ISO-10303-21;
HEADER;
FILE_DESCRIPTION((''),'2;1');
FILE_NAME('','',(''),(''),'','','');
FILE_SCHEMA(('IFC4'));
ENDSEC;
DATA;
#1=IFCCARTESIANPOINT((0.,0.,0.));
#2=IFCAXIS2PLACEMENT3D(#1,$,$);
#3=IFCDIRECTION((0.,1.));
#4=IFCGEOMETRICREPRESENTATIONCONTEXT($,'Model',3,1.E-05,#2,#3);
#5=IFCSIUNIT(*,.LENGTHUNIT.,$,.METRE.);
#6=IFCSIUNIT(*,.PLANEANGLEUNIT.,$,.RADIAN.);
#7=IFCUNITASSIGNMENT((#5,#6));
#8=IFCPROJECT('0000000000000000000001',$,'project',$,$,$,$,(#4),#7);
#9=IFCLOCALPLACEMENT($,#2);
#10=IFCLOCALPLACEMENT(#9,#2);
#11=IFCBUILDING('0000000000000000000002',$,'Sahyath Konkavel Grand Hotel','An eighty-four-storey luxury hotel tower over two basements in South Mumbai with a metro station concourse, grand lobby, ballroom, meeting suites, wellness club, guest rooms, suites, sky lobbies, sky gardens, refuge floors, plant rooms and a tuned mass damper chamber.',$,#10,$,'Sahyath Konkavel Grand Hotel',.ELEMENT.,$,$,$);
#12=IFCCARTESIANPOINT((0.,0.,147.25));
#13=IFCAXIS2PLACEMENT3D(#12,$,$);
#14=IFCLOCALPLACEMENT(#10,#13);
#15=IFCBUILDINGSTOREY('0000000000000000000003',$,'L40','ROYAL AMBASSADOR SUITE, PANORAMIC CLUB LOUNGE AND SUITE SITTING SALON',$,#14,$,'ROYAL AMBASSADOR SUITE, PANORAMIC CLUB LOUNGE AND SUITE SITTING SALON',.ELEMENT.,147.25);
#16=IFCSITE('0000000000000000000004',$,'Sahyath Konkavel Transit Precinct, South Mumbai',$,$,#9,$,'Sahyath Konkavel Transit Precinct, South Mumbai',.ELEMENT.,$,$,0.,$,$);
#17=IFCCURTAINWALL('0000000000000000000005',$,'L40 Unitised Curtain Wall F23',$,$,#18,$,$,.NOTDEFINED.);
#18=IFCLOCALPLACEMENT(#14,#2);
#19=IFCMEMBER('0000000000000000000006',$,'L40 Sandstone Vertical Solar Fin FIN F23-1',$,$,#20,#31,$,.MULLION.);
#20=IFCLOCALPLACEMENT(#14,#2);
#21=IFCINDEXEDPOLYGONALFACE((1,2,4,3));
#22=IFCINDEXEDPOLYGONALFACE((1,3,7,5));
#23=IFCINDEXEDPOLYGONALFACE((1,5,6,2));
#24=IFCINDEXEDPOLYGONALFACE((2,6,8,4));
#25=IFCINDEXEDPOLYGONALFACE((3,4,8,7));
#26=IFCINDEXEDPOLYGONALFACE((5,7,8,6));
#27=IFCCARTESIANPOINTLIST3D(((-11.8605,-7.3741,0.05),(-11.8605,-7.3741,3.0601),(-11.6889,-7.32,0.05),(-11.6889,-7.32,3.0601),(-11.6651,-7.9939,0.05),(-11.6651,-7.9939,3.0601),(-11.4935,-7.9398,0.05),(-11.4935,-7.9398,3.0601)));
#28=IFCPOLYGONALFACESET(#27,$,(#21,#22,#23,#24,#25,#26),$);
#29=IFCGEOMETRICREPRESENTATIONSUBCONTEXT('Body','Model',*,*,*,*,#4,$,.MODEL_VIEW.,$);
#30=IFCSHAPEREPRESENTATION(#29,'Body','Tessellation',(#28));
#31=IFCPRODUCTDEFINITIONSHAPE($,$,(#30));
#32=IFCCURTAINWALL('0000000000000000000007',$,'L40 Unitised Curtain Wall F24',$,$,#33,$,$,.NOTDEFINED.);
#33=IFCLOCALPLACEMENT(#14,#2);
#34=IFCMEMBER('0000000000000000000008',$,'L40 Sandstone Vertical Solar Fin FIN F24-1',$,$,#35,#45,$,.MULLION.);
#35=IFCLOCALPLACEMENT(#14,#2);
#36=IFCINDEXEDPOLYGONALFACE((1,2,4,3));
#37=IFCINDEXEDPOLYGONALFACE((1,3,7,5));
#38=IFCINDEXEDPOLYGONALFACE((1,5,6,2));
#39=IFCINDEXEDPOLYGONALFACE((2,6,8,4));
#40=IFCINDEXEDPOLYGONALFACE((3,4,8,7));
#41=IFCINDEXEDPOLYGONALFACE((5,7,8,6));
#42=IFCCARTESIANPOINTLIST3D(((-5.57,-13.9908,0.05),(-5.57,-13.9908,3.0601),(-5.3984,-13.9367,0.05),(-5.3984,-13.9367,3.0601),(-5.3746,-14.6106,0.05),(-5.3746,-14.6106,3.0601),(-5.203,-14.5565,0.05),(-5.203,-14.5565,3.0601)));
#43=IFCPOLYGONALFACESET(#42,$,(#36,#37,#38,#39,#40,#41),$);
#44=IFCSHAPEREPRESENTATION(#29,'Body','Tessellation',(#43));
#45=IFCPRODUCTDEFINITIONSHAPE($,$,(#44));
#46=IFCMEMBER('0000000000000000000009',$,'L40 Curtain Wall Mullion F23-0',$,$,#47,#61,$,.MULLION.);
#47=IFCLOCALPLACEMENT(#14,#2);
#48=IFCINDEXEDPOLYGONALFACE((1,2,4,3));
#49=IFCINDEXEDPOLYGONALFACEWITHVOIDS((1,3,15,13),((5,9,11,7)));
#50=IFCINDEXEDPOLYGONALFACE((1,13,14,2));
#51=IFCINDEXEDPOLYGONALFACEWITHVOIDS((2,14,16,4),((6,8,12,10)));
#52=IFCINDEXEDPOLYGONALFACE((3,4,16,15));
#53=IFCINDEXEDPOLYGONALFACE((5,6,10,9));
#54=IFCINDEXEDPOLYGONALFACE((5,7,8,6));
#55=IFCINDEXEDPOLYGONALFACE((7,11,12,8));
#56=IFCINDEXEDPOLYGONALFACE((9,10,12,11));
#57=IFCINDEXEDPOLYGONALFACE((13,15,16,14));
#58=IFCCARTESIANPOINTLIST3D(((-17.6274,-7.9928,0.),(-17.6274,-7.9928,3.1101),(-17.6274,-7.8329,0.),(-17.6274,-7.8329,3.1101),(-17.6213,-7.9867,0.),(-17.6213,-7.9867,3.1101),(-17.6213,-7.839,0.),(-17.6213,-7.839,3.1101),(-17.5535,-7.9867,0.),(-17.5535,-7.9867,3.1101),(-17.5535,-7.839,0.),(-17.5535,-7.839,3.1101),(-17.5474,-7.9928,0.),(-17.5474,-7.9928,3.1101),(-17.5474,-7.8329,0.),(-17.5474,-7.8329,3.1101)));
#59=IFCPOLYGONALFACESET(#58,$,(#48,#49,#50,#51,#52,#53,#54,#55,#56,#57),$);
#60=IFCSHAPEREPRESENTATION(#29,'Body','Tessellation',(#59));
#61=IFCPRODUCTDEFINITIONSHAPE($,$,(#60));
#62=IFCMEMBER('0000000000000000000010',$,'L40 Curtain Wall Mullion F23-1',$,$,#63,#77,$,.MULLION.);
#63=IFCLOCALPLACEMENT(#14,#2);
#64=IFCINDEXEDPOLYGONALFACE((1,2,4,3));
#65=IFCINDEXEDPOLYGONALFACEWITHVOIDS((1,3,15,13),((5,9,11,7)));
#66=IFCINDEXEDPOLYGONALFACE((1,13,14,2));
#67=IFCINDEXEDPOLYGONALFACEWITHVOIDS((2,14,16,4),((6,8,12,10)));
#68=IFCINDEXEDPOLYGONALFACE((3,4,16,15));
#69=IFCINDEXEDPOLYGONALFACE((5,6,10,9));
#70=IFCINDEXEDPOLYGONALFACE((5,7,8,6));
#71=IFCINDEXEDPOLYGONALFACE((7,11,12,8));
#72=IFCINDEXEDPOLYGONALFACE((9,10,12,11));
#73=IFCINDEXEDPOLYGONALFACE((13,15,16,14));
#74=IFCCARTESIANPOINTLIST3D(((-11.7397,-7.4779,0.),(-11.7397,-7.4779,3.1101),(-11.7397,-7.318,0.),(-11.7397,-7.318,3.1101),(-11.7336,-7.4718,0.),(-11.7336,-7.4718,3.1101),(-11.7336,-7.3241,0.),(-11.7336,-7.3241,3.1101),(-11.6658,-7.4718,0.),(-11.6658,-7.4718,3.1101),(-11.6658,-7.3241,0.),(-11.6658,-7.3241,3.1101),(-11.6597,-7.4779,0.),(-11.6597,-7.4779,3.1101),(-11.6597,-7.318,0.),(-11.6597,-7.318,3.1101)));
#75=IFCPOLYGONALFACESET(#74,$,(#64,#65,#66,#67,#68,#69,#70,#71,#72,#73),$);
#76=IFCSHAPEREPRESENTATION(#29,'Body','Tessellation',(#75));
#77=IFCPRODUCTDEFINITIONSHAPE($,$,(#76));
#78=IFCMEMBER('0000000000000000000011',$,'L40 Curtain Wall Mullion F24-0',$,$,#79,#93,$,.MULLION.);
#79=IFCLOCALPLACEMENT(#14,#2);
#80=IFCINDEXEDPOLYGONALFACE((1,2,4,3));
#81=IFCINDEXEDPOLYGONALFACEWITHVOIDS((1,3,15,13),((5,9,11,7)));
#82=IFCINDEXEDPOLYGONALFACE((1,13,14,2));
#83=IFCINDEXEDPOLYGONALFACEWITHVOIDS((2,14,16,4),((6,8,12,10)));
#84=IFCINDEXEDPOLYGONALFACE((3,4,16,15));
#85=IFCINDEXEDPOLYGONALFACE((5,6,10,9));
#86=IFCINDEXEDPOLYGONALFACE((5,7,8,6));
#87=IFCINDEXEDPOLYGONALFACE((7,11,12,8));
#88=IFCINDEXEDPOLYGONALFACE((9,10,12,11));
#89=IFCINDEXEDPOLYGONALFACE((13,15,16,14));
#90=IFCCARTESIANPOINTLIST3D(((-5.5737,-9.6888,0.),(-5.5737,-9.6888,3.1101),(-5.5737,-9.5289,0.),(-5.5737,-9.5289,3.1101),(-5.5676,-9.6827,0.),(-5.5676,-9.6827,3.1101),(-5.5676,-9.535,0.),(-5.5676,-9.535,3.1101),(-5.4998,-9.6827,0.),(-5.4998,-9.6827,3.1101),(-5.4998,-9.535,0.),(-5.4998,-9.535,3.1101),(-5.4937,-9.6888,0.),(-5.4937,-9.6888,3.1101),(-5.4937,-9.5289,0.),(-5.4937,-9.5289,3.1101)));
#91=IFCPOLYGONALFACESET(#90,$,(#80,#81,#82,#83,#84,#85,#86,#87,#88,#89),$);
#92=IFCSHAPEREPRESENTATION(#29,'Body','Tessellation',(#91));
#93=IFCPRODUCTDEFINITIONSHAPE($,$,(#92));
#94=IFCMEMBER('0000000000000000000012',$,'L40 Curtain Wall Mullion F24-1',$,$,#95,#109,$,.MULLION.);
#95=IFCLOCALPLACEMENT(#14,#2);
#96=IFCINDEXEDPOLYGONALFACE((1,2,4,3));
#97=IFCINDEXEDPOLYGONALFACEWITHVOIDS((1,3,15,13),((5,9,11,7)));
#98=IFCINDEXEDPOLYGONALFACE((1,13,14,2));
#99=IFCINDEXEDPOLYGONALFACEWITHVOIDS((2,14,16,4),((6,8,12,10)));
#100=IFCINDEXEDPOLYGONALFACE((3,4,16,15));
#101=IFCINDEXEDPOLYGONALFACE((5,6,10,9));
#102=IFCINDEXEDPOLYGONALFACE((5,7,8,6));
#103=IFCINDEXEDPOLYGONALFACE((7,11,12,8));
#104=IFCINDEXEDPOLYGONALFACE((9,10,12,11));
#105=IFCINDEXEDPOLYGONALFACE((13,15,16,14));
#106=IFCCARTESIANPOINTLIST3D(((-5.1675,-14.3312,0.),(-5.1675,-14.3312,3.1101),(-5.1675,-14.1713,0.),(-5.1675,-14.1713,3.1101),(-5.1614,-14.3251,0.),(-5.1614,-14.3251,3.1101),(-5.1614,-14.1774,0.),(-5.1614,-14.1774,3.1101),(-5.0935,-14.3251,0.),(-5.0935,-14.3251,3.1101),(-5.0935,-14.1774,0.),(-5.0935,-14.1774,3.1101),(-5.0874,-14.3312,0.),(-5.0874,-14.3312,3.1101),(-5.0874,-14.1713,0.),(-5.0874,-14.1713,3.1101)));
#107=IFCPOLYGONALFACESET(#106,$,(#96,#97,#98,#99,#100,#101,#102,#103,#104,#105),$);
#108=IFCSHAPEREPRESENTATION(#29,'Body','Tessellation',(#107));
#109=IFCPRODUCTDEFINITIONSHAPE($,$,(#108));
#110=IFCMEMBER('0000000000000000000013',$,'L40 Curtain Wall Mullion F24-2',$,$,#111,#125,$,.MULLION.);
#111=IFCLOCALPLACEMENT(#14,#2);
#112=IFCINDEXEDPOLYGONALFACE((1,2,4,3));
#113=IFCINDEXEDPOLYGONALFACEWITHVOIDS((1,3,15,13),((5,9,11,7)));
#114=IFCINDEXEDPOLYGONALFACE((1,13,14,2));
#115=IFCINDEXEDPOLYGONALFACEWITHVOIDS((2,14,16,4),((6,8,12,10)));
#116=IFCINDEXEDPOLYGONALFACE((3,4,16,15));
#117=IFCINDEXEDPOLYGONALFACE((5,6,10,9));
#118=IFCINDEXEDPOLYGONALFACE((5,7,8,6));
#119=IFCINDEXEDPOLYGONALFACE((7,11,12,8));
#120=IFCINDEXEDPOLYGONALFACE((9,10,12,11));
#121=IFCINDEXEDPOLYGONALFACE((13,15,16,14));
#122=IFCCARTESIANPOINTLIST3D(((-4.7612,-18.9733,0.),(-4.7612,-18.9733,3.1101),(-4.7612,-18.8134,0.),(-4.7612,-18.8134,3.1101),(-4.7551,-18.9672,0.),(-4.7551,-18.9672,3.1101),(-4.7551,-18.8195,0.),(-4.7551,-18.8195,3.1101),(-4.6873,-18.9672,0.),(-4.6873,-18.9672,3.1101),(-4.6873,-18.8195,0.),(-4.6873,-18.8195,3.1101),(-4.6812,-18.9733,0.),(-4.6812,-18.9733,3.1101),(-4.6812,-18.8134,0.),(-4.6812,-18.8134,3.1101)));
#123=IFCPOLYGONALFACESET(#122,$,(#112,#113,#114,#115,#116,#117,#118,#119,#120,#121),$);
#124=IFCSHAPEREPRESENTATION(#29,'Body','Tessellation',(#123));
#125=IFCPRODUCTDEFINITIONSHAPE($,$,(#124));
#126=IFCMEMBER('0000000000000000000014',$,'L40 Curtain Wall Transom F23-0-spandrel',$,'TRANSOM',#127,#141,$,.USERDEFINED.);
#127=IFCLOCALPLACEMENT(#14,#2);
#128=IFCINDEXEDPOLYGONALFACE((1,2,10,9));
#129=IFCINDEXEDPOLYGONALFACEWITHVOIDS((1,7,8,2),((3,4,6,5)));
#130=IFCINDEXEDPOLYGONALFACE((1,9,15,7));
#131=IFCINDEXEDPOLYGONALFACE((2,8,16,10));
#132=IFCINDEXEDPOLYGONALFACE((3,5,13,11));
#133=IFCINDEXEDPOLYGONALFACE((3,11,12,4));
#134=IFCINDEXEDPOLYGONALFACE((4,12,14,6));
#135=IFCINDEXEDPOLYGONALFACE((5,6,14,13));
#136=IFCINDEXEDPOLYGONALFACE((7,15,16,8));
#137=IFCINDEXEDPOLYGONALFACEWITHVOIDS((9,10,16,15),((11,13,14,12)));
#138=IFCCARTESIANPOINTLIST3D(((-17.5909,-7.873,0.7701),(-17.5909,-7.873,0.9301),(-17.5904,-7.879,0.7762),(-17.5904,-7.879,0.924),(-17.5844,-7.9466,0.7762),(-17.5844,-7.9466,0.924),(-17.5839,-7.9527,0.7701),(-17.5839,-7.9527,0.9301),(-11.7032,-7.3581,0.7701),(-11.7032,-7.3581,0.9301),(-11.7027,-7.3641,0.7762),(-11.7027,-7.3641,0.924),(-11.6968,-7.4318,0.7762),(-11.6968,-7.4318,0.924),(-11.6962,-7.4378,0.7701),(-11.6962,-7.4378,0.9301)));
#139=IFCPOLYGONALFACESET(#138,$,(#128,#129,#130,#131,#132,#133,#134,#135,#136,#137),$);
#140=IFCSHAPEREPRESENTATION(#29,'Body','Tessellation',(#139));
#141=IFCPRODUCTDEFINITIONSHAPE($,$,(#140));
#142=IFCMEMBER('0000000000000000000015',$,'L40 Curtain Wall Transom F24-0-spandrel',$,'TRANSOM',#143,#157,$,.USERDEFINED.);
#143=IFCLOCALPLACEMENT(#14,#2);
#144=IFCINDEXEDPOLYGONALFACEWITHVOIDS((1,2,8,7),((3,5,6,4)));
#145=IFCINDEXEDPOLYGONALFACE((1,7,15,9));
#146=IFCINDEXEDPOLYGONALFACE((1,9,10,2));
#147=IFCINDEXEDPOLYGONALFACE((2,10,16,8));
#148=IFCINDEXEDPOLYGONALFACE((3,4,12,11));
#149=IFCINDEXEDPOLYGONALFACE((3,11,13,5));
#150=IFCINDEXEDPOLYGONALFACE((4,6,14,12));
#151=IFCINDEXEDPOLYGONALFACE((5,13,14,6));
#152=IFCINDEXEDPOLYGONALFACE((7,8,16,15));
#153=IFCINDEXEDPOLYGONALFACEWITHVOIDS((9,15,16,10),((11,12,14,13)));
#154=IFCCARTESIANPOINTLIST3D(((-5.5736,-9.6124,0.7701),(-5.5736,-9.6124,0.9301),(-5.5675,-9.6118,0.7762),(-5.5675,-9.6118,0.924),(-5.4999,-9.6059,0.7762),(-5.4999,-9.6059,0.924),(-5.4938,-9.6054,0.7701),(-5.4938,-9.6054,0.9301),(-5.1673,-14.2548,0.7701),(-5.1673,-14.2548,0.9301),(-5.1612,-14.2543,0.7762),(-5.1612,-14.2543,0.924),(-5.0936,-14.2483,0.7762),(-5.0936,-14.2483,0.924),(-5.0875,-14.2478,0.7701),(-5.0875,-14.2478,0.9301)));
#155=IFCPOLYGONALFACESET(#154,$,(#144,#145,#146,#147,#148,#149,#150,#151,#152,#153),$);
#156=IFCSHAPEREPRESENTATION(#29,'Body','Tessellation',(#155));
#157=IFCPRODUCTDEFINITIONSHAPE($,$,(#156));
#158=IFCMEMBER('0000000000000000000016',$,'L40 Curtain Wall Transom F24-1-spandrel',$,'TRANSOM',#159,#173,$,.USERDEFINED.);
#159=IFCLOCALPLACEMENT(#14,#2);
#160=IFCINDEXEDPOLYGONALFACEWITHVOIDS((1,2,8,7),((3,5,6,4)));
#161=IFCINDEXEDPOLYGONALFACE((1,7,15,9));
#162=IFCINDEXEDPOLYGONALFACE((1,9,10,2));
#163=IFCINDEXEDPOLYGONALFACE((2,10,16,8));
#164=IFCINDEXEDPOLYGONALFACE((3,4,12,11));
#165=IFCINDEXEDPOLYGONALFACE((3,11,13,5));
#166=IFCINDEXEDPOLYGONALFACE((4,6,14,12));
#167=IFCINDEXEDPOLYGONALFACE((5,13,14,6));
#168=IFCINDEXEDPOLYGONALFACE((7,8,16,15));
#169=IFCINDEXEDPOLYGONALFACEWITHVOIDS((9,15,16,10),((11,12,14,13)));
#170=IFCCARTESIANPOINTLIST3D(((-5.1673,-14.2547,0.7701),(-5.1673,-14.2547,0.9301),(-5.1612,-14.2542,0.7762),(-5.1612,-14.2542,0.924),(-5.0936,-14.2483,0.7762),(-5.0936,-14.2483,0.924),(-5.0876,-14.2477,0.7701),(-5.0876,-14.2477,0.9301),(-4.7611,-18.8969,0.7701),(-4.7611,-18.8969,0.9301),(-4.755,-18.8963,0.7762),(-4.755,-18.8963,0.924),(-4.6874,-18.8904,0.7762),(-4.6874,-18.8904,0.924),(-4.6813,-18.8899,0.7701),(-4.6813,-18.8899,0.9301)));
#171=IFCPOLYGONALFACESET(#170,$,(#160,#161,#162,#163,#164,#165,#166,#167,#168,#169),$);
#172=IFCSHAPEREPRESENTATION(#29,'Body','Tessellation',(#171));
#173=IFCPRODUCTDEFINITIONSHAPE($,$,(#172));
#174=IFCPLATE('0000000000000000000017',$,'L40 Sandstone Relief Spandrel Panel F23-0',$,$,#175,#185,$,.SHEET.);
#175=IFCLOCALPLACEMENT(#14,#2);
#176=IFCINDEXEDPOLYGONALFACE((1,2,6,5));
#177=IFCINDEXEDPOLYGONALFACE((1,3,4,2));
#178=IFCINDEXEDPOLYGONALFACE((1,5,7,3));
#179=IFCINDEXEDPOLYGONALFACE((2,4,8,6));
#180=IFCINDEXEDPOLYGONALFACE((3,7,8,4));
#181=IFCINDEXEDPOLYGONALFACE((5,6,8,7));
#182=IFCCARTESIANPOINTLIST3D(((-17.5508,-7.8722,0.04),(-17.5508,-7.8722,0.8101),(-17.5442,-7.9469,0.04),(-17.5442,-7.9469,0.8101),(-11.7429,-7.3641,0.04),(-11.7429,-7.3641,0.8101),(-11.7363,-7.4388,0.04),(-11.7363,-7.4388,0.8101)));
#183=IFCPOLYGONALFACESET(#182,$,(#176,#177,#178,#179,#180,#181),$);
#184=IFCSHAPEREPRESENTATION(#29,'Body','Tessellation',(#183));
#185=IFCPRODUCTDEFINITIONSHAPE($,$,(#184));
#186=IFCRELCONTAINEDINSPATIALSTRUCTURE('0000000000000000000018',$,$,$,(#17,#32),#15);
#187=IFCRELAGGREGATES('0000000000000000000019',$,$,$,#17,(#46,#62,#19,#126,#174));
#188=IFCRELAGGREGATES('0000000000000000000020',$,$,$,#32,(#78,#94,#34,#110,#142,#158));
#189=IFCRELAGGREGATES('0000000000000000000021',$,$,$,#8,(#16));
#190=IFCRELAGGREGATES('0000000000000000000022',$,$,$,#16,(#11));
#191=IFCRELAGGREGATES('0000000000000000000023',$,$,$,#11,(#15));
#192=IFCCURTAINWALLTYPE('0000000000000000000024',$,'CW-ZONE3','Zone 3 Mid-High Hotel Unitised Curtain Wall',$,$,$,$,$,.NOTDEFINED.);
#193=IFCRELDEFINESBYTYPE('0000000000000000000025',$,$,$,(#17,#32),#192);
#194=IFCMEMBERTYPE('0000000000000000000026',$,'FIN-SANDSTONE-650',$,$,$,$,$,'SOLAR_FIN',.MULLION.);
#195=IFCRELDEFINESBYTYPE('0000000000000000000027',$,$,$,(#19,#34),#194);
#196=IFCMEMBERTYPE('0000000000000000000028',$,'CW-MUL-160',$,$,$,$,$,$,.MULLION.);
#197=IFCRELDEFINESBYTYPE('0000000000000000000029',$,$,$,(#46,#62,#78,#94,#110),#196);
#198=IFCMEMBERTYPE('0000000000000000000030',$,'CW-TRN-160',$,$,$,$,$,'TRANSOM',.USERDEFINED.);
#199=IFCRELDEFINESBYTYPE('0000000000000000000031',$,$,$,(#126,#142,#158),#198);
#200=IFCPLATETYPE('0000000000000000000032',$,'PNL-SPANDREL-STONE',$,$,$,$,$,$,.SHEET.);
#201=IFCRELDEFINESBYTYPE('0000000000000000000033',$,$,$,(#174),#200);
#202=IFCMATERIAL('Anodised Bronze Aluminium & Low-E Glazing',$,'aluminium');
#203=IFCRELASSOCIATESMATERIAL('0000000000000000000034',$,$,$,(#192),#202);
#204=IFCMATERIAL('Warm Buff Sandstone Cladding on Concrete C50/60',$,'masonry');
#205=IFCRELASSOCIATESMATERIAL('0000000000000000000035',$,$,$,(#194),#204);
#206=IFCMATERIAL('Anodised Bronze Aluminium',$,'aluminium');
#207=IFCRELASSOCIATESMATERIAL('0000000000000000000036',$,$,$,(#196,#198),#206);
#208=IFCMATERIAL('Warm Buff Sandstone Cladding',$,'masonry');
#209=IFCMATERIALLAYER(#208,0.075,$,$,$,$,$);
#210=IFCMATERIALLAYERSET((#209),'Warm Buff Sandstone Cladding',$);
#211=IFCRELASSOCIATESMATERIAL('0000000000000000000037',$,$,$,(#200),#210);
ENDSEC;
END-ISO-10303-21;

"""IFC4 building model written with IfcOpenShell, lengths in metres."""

from ifc_helpers import new_model, si_unit, direction, frame, origin, origin_2d, place, context, subcontext, project, spatial, rectangle, hollow_rectangle, extrude, source, transform, mapped, material, layer, layer_set, material_profile, profile_set, type_object, element, aggregate, save


model = new_model("IFC4")

# Units and contexts
model_context = context("Model", 3, precision=1e-05, world=origin(), true_north=direction((0.0, 1.0)))
body_context = subcontext(model_context, "Body", "Model", "MODEL_VIEW")
ifc_project = project(units=[si_unit("LENGTHUNIT", "METRE"), si_unit("PLANEANGLEUNIT", "RADIAN")], contexts=[model_context])

# Site, building, storey
site_placement = place(None, origin())
site = spatial("IfcSite", under=ifc_project, at=site_placement, Name="Sahyath Konkavel Transit Precinct, South Mumbai", LongName="Sahyath Konkavel Transit Precinct, South Mumbai", CompositionType="ELEMENT", RefElevation=0.0)
building_placement = place(site_placement, origin())
building = spatial("IfcBuilding", under=site, at=building_placement, Name="Sahyath Konkavel Grand Hotel", Description="An eighty-four-storey luxury hotel tower over two basements in South Mumbai with a metro station concourse, grand lobby, ballroom, meeting suites, wellness club, guest rooms, suites, sky lobbies, sky gardens, refuge floors, plant rooms and a tuned mass damper chamber.", LongName="Sahyath Konkavel Grand Hotel", CompositionType="ELEMENT")
storey_placement = place(building_placement, frame((0.0, 0.0, 147.25)))
storey = spatial("IfcBuildingStorey", under=building, at=storey_placement, Name="L40", Description="ROYAL AMBASSADOR SUITE, PANORAMIC CLUB LOUNGE AND SUITE SITTING SALON", LongName="ROYAL AMBASSADOR SUITE, PANORAMIC CLUB LOUNGE AND SUITE SITTING SALON", CompositionType="ELEMENT", Elevation=147.25)

# Curtain walls, members
ifc_material_1 = material(Name="Anodised Bronze Aluminium & Low-E Glazing", Category="aluminium")
curtain_wall_type = type_object("IfcCurtainWallType", Name="CW-ZONE3", Description="Zone 3 Mid-High Hotel Unitised Curtain Wall", PredefinedType="NOTDEFINED", material=ifc_material_1)
curtain_wall_1_placement = place(storey_placement, origin())
curtain_wall_1 = element("IfcCurtainWall", 1, at=curtain_wall_1_placement, inside=storey, type_object=curtain_wall_type, Name="L40 Unitised Curtain Wall F23", PredefinedType="NOTDEFINED")
ifc_material_2 = material(Name="Warm Buff Sandstone Cladding on Concrete C50/60", Category="masonry")
ifc_material_profile_1 = material_profile(ifc_material_2, rectangle(XDim=0.1799, YDim=0.6499, at=origin_2d()), Name="FIN 180x650")
ifc_profile_set_1 = profile_set([ifc_material_profile_1], Name="Warm Buff Sandstone Cladding on Concrete C50/60")
member_type_1 = type_object("IfcMemberType", Name="FIN-SANDSTONE-650", ElementType="SOLAR_FIN", PredefinedType="MULLION", material=ifc_profile_set_1)
shared_shape_1 = source(origin(), body_context, "Body", "SweptSolid", [
    extrude(rectangle(XDim=0.1799, YDim=0.6499, at=origin_2d()), origin(), (0.0, 0.0, 1.0), 3.01),
])
member_1_placement = place(storey_placement, frame((-11.677, -7.657, 0.05), z_axis=(0.0, 0.0, 1.0), x_axis=(0.953717, 0.300706, 0.0)))
member_1 = element("IfcMember", 2, at=member_1_placement, type_object=member_type_1, Name="L40 Sandstone Vertical Solar Fin FIN F23-1", PredefinedType="MULLION", context=body_context, shape_type="MappedRepresentation", body=[
    mapped(shared_shape_1, transform((0.0, 0.0, 0.0), scale=1.0)),
])
curtain_wall_2_placement = place(storey_placement, origin())
curtain_wall_2 = element("IfcCurtainWall", 3, at=curtain_wall_2_placement, inside=storey, type_object=curtain_wall_type, Name="L40 Unitised Curtain Wall F24", PredefinedType="NOTDEFINED")
member_2_placement = place(storey_placement, frame((-5.3865, -14.2737, 0.05), z_axis=(0.0, 0.0, 1.0), x_axis=(0.953717, 0.300706, 0.0)))
member_2 = element("IfcMember", 4, at=member_2_placement, type_object=member_type_1, Name="L40 Sandstone Vertical Solar Fin FIN F24-1", PredefinedType="MULLION", context=body_context, shape_type="MappedRepresentation", body=[
    mapped(shared_shape_1, transform((0.0, 0.0, 0.0), scale=1.0)),
])

# Members
ifc_material_3 = material(Name="Anodised Bronze Aluminium", Category="aluminium")
ifc_material_profile_2 = material_profile(ifc_material_3, hollow_rectangle(XDim=0.0801, YDim=0.1599, WallThickness=0.0061, at=origin_2d()), Name="RHS 160x80x6")
ifc_profile_set_2 = profile_set([ifc_material_profile_2], Name="Anodised Bronze Aluminium")
member_type_2 = type_object("IfcMemberType", Name="CW-MUL-160", PredefinedType="MULLION", material=ifc_profile_set_2)
shared_shape_2 = source(origin(), body_context, "Body", "SweptSolid", [
    extrude(hollow_rectangle(XDim=0.0801, YDim=0.1599, WallThickness=0.0061, at=origin_2d()), origin(), (0.0, 0.0, 1.0), 3.1101),
])
member_3_placement = place(storey_placement, frame((-17.5874, -7.9128, 0.0), z_axis=(0.0, 0.0, 1.0), x_axis=(1.0, 0.0, 0.0)))
member_3 = element("IfcMember", 5, at=member_3_placement, type_object=member_type_2, Name="L40 Curtain Wall Mullion F23-0", PredefinedType="MULLION", context=body_context, shape_type="MappedRepresentation", body=[
    mapped(shared_shape_2, transform((0.0, 0.0, 0.0), scale=1.0)),
])
member_4_placement = place(storey_placement, frame((-11.6997, -7.3979, 0.0), z_axis=(0.0, 0.0, 1.0), x_axis=(1.0, 0.0, 0.0)))
member_4 = element("IfcMember", 6, at=member_4_placement, type_object=member_type_2, Name="L40 Curtain Wall Mullion F23-1", PredefinedType="MULLION", context=body_context, shape_type="MappedRepresentation", body=[
    mapped(shared_shape_2, transform((0.0, 0.0, 0.0), scale=1.0)),
])
member_5_placement = place(storey_placement, frame((-5.5337, -9.6089, 0.0), z_axis=(0.0, 0.0, 1.0), x_axis=(1.0, 0.0, 0.0)))
member_5 = element("IfcMember", 7, at=member_5_placement, type_object=member_type_2, Name="L40 Curtain Wall Mullion F24-0", PredefinedType="MULLION", context=body_context, shape_type="MappedRepresentation", body=[
    mapped(shared_shape_2, transform((0.0, 0.0, 0.0), scale=1.0)),
])
member_6_placement = place(storey_placement, frame((-5.1274, -14.2512, 0.0), z_axis=(0.0, 0.0, 1.0), x_axis=(1.0, 0.0, 0.0)))
member_6 = element("IfcMember", 8, at=member_6_placement, type_object=member_type_2, Name="L40 Curtain Wall Mullion F24-1", PredefinedType="MULLION", context=body_context, shape_type="MappedRepresentation", body=[
    mapped(shared_shape_2, transform((0.0, 0.0, 0.0), scale=1.0)),
])
member_7_placement = place(storey_placement, frame((-4.7212, -18.8933, 0.0), z_axis=(0.0, 0.0, 1.0), x_axis=(1.0, 0.0, 0.0)))
member_7 = element("IfcMember", 9, at=member_7_placement, type_object=member_type_2, Name="L40 Curtain Wall Mullion F24-2", PredefinedType="MULLION", context=body_context, shape_type="MappedRepresentation", body=[
    mapped(shared_shape_2, transform((0.0, 0.0, 0.0), scale=1.0)),
])
ifc_material_profile_3 = material_profile(ifc_material_3, hollow_rectangle(XDim=0.0801, YDim=0.1599, WallThickness=0.0061, at=origin_2d()), Name="RHS 160x80x6")
ifc_profile_set_3 = profile_set([ifc_material_profile_3], Name="Anodised Bronze Aluminium")
member_type_3 = type_object("IfcMemberType", Name="CW-TRN-160", ElementType="TRANSOM", PredefinedType="USERDEFINED", material=ifc_profile_set_3)
shared_shape_3 = source(origin(), body_context, "Body", "SweptSolid", [
    extrude(hollow_rectangle(XDim=0.0801, YDim=0.1599, WallThickness=0.0061, at=origin_2d()), origin(), (0.0, 0.0, 1.0), 5.9102),
])
member_8_placement = place(storey_placement, frame((-17.5874, -7.9128, 0.8501), z_axis=(0.996198, 0.08712, 0.0), x_axis=(-0.08712, 0.996198, 0.0)))
member_8 = element("IfcMember", 10, at=member_8_placement, type_object=member_type_3, Name="L40 Curtain Wall Transom F23-0-spandrel", ObjectType="TRANSOM", PredefinedType="USERDEFINED", context=body_context, shape_type="MappedRepresentation", body=[
    mapped(shared_shape_3, transform((0.0, 0.0, 0.0), scale=1.0)),
])
shared_shape_4 = source(origin(), body_context, "Body", "SweptSolid", [
    extrude(hollow_rectangle(XDim=0.0801, YDim=0.1599, WallThickness=0.0061, at=origin_2d()), origin(), (0.0, 0.0, 1.0), 4.6602),
])
member_9_placement = place(storey_placement, frame((-5.5337, -9.6089, 0.8501), z_axis=(0.087177, -0.996193, 0.0), x_axis=(0.996193, 0.087177, 0.0)))
member_9 = element("IfcMember", 11, at=member_9_placement, type_object=member_type_3, Name="L40 Curtain Wall Transom F24-0-spandrel", ObjectType="TRANSOM", PredefinedType="USERDEFINED", context=body_context, shape_type="MappedRepresentation", body=[
    mapped(shared_shape_4, transform((0.0, 0.0, 0.0), scale=1.0)),
])
shared_shape_5 = source(origin(), body_context, "Body", "SweptSolid", [
    extrude(hollow_rectangle(XDim=0.0801, YDim=0.1599, WallThickness=0.0061, at=origin_2d()), origin(), (0.0, 0.0, 1.0), 4.6599),
])
member_10_placement = place(storey_placement, frame((-5.1274, -14.2512, 0.8501), z_axis=(0.087181, -0.996192, 0.0), x_axis=(0.996192, 0.087181, 0.0)))
member_10 = element("IfcMember", 12, at=member_10_placement, type_object=member_type_3, Name="L40 Curtain Wall Transom F24-1-spandrel", ObjectType="TRANSOM", PredefinedType="USERDEFINED", context=body_context, shape_type="MappedRepresentation", body=[
    mapped(shared_shape_5, transform((0.0, 0.0, 0.0), scale=1.0)),
])

# Plate
ifc_material_4 = material(Name="Warm Buff Sandstone Cladding", Category="masonry")
ifc_layer_1 = layer(ifc_material_4, 0.075)
ifc_layer_set_1 = layer_set([ifc_layer_1], Name="Warm Buff Sandstone Cladding")
plate_type_1 = type_object("IfcPlateType", Name="PNL-SPANDREL-STONE", PredefinedType="SHEET", material=ifc_layer_set_1)
shared_shape_6 = source(origin(), body_context, "Body", "SweptSolid", [
    extrude(rectangle(XDim=5.8301, YDim=0.075, at=origin_2d()), origin(), (0.0, 0.0, 1.0), 0.77),
])
plate_1_placement = place(storey_placement, frame((-14.6436, -7.6555, 0.04), z_axis=(0.0, 0.0, 1.0), x_axis=(0.996195, 0.087156, 0.0)))
plate_1 = element("IfcPlate", 13, at=plate_1_placement, type_object=plate_type_1, Name="L40 Sandstone Relief Spandrel Panel F23-0", PredefinedType="SHEET", context=body_context, shape_type="MappedRepresentation", body=[
    mapped(shared_shape_6, transform((0.0, 0.0, 0.0), scale=1.0)),
])
aggregate(curtain_wall_1, [member_3, member_4, member_1, member_8, plate_1])
aggregate(curtain_wall_2, [member_5, member_6, member_2, member_7, member_9, member_10])

save(model, "model.ifc")
